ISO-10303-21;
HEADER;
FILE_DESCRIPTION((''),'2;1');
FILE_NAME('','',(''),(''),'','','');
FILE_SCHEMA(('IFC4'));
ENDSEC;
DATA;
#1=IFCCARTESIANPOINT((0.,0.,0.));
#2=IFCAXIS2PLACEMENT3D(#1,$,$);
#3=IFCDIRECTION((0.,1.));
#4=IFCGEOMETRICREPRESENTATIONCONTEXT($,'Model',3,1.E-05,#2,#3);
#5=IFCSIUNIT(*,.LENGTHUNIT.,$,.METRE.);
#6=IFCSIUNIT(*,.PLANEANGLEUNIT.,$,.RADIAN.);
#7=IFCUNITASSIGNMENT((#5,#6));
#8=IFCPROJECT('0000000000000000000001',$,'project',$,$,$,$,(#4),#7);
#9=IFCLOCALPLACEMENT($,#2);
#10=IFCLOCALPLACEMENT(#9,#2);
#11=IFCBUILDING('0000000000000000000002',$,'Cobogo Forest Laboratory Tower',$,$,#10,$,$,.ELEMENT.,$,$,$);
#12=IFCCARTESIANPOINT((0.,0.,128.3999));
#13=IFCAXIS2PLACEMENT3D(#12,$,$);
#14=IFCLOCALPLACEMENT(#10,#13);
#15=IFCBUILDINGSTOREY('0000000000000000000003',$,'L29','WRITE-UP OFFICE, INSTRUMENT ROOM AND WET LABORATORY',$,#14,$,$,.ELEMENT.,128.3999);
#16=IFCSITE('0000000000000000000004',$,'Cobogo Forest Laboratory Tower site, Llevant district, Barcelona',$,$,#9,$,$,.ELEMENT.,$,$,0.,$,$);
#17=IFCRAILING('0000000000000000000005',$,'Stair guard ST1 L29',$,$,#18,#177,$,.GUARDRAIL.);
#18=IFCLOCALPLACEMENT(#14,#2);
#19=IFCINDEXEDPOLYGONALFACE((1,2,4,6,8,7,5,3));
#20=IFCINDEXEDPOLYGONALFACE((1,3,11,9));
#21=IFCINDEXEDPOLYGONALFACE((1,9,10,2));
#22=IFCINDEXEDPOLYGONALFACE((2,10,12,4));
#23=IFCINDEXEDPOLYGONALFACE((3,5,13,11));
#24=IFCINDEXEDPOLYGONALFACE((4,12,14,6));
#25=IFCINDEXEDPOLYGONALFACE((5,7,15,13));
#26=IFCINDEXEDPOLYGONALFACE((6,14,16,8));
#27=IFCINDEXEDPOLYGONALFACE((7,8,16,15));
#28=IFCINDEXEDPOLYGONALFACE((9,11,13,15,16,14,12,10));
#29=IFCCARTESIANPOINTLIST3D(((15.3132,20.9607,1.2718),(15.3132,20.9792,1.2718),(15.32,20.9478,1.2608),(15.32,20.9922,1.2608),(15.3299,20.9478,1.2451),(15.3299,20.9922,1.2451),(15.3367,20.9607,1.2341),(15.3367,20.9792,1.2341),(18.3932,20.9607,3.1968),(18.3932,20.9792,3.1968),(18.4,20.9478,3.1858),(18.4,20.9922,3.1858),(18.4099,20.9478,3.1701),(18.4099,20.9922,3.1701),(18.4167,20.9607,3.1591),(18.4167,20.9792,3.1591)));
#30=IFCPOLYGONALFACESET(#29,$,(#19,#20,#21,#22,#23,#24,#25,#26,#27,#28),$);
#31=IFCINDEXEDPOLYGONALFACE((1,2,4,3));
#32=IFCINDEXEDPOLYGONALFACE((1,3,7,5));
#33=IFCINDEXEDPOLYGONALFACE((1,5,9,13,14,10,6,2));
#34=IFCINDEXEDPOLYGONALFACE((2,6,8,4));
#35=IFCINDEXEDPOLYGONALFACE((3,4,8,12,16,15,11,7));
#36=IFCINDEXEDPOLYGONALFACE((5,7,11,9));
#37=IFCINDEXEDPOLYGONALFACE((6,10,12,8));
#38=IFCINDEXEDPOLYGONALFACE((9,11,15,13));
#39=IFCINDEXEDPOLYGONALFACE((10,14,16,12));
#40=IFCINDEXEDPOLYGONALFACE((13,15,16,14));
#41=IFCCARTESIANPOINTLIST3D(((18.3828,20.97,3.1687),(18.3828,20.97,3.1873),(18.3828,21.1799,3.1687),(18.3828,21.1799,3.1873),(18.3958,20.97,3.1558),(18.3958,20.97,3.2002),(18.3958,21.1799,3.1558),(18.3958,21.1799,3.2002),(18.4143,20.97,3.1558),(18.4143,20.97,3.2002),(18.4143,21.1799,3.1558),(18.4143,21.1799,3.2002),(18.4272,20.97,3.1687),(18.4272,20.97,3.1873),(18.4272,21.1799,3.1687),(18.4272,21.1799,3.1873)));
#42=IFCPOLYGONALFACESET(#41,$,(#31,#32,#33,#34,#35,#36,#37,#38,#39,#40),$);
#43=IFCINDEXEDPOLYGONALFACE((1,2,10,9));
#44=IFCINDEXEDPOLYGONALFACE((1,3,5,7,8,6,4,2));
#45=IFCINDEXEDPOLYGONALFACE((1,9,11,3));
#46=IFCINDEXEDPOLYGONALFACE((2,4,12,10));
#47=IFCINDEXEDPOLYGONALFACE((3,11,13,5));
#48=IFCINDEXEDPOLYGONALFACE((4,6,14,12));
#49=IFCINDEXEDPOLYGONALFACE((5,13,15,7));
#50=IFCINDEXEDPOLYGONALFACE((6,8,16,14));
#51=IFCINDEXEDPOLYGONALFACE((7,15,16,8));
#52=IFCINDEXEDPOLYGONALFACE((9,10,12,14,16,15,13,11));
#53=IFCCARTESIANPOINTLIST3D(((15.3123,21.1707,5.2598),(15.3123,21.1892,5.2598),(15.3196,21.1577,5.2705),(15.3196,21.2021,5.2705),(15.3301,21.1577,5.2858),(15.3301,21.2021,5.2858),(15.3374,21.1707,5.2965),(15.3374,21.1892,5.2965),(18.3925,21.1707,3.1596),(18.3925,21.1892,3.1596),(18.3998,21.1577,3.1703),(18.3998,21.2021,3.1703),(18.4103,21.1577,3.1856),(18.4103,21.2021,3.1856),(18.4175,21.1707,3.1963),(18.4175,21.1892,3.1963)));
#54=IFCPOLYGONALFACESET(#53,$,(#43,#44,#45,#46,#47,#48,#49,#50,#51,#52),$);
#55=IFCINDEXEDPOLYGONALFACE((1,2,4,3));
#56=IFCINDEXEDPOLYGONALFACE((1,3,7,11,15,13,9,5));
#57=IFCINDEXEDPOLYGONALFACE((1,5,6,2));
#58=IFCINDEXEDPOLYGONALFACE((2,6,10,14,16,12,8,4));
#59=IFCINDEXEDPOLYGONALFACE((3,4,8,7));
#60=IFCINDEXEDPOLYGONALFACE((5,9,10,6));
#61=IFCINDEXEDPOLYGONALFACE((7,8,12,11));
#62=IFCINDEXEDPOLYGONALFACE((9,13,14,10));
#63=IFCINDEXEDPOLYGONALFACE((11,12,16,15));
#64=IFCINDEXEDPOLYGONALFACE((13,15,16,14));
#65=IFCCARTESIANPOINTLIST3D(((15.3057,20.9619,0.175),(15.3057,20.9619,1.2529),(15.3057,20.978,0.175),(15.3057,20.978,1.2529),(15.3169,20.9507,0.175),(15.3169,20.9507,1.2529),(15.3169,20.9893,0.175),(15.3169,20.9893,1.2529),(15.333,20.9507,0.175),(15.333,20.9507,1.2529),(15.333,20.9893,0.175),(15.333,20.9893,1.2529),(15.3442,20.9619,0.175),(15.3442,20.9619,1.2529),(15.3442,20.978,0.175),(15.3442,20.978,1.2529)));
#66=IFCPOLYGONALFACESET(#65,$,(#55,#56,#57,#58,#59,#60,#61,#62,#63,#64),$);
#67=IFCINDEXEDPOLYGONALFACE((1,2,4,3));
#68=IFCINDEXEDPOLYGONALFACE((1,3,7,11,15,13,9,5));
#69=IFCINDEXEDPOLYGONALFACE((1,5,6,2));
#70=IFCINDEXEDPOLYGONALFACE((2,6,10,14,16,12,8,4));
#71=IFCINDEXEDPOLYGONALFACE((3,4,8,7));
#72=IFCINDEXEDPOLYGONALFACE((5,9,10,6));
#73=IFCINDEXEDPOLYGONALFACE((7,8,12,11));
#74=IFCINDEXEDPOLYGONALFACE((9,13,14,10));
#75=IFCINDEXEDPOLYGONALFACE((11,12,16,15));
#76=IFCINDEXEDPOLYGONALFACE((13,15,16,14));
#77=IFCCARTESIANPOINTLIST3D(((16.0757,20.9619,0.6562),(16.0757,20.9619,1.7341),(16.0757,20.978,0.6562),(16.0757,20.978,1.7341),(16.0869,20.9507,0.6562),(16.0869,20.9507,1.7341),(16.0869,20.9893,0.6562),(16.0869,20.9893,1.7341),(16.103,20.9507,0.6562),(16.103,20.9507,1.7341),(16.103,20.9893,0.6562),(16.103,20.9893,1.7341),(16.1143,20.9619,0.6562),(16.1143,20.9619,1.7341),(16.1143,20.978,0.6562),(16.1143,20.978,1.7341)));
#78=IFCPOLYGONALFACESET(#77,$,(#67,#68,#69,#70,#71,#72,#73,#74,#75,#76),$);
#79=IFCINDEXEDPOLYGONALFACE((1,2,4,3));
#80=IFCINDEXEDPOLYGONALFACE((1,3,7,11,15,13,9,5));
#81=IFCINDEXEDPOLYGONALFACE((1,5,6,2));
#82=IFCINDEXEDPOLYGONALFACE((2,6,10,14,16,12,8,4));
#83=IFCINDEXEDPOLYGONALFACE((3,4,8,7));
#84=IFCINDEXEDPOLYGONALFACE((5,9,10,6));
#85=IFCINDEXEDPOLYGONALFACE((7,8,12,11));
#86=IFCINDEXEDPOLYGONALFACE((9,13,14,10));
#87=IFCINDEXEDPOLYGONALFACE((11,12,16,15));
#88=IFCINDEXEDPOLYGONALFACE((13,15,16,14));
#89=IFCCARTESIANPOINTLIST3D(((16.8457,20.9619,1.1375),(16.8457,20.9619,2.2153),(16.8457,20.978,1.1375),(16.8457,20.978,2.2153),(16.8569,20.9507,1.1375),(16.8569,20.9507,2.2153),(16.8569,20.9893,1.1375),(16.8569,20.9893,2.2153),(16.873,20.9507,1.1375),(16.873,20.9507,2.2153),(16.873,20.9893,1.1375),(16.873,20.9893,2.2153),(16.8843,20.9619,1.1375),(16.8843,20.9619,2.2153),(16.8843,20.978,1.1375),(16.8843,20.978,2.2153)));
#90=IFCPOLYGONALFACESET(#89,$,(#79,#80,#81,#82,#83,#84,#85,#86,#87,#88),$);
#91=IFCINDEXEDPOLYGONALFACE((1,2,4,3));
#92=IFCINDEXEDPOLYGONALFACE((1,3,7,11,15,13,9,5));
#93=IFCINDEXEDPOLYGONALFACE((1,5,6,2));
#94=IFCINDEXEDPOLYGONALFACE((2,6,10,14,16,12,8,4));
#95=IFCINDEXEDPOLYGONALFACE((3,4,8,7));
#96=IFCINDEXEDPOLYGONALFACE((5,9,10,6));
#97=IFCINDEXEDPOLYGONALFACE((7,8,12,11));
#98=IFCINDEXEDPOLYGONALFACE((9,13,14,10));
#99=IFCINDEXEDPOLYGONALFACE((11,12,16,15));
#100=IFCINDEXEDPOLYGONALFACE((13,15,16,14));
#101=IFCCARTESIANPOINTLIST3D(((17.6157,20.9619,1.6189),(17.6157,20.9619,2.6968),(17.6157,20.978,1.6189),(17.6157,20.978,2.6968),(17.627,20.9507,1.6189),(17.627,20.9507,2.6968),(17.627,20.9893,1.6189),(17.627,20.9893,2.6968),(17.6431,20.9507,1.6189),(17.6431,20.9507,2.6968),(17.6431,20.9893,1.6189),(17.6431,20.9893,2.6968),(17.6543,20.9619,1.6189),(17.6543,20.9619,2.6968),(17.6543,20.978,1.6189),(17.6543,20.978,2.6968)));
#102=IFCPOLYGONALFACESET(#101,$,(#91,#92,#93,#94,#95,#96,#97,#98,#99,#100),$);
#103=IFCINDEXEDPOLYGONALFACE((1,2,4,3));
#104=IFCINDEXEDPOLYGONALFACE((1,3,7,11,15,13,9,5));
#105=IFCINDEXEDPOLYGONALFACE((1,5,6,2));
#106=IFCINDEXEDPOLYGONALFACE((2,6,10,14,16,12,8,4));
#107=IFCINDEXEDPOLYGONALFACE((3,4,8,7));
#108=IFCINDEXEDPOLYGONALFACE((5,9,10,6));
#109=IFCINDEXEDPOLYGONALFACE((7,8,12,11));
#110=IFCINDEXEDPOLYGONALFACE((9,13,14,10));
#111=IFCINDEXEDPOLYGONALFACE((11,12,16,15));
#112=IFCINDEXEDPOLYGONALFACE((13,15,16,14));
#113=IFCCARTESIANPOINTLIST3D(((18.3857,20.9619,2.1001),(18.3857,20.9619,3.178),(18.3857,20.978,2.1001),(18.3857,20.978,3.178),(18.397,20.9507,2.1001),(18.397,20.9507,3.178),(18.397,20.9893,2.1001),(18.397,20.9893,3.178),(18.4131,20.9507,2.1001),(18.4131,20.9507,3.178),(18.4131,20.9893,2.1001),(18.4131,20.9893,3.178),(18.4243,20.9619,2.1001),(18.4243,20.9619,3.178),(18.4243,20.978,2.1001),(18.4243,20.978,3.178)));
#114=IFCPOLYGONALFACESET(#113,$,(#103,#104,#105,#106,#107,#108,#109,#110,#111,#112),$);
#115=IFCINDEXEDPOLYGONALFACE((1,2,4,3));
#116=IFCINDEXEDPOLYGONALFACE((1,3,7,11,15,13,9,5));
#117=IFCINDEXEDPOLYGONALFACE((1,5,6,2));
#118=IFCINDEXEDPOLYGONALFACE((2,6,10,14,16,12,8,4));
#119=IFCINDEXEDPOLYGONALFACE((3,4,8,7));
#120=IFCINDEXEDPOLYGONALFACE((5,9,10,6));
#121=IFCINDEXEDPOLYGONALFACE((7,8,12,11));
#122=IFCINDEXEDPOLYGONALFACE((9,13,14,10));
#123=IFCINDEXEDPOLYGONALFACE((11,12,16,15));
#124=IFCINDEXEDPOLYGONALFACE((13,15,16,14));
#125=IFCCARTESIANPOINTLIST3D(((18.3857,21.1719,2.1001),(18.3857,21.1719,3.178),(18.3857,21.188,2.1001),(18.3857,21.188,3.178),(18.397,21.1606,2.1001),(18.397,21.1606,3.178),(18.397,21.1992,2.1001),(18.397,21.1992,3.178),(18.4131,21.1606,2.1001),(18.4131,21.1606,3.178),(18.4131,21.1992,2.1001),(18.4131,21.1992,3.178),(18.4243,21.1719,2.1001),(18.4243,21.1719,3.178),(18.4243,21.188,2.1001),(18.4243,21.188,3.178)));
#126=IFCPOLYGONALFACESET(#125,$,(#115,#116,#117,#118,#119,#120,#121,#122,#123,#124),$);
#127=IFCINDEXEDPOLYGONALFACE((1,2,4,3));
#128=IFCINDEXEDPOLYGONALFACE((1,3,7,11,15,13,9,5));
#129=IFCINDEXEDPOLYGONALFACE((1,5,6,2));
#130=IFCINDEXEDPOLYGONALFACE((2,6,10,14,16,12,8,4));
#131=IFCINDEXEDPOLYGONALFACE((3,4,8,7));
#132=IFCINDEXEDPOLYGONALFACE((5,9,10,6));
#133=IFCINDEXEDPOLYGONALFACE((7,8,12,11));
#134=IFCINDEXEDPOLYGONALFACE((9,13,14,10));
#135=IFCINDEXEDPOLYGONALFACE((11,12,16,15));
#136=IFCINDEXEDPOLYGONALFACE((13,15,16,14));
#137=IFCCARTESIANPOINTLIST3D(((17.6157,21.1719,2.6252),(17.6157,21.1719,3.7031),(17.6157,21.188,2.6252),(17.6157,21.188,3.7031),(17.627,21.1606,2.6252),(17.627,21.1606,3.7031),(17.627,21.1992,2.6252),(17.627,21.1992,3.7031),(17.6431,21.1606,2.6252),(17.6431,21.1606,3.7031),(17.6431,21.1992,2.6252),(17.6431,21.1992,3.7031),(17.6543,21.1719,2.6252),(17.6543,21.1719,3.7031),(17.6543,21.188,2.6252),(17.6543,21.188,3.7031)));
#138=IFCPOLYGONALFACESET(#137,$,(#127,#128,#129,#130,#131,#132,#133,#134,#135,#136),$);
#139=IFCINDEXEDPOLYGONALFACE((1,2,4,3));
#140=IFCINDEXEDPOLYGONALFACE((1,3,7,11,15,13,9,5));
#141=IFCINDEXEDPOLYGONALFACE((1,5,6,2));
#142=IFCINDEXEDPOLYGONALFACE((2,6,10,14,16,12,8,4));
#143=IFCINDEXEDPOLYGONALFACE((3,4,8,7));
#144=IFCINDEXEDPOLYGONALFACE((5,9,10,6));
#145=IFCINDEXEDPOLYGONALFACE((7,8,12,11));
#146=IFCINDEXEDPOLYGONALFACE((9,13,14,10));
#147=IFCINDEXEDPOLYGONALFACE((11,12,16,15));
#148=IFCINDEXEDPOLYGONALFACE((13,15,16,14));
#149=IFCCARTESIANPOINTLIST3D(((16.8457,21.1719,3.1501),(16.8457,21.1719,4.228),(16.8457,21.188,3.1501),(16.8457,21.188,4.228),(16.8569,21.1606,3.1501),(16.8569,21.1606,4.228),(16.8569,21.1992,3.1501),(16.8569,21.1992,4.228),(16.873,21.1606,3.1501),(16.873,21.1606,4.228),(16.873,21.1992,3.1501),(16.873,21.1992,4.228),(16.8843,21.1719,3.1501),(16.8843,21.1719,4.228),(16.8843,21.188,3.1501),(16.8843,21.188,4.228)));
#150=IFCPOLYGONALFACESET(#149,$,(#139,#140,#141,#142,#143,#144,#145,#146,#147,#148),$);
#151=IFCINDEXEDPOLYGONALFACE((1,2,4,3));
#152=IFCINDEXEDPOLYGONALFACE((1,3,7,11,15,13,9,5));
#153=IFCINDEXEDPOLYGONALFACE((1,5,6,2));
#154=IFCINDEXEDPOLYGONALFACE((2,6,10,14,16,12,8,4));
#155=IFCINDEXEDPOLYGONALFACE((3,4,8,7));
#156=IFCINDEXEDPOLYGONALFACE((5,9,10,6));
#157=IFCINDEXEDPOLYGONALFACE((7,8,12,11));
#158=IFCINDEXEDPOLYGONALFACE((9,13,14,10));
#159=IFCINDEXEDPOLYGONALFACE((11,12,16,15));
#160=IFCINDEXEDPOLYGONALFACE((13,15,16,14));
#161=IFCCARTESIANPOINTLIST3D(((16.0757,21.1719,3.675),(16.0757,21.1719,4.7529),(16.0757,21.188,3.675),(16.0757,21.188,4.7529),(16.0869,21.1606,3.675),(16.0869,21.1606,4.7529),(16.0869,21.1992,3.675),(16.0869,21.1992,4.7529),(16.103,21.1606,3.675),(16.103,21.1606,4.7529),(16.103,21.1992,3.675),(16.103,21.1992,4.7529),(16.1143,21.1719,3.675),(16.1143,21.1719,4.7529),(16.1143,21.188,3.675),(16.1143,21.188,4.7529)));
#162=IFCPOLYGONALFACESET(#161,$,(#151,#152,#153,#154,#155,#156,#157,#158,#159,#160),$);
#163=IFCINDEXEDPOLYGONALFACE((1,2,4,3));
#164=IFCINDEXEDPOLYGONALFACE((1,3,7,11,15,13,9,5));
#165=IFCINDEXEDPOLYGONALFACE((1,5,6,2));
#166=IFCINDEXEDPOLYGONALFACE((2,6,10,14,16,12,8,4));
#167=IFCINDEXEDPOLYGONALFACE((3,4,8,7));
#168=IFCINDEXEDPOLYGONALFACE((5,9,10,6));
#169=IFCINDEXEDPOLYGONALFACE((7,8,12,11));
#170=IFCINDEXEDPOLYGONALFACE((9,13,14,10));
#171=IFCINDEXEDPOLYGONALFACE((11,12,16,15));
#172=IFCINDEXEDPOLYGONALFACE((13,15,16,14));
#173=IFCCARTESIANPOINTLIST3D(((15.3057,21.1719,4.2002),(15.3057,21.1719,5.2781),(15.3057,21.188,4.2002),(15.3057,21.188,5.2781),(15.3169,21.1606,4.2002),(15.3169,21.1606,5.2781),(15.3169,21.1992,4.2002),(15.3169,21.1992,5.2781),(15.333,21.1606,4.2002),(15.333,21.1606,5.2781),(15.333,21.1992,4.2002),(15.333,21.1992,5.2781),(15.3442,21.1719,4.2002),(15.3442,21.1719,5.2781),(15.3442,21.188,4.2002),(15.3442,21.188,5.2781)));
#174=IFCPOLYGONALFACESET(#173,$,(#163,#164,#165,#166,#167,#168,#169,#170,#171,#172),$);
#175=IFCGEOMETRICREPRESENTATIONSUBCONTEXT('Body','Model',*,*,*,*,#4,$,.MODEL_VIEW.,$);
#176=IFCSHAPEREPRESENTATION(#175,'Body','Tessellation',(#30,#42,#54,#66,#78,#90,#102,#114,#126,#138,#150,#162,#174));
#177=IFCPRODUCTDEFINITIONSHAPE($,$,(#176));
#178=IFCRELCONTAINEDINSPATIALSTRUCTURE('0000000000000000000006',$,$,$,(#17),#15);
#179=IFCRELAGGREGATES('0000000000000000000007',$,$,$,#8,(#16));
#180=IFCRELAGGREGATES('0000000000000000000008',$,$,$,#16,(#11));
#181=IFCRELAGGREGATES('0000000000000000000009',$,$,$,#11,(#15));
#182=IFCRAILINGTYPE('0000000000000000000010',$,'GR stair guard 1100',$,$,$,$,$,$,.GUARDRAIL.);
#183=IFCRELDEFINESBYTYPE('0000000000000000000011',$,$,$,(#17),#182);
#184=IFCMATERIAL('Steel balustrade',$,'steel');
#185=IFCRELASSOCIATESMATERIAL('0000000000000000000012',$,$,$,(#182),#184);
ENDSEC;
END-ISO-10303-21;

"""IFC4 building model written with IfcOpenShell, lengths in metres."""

from ifc_helpers import new_model, si_unit, direction, frame, origin, place, context, subcontext, project, spatial, polyline, outline, extrude, material, type_object, element, save


model = new_model("IFC4")

# Units and contexts
model_context = context("Model", 3, precision=1e-05, world=origin(), true_north=direction((0.0, 1.0)))
body_context = subcontext(model_context, "Body", "Model", "MODEL_VIEW")
ifc_project = project(units=[si_unit("LENGTHUNIT", "METRE"), si_unit("PLANEANGLEUNIT", "RADIAN")], contexts=[model_context])

# Site, building, storey
site_placement = place(None, origin())
site = spatial("IfcSite", under=ifc_project, at=site_placement, Name="Cobogo Forest Laboratory Tower site, Llevant district, Barcelona", CompositionType="ELEMENT", RefElevation=0.0)
building_placement = place(site_placement, origin())
building = spatial("IfcBuilding", under=site, at=building_placement, Name="Cobogo Forest Laboratory Tower", CompositionType="ELEMENT")
storey_placement = place(building_placement, frame((0.0, 0.0, 128.3999)))
storey = spatial("IfcBuildingStorey", under=building, at=storey_placement, Name="L29", Description="WRITE-UP OFFICE, INSTRUMENT ROOM AND WET LABORATORY", CompositionType="ELEMENT", Elevation=128.3999)

# Railing
ifc_material_1 = material(Name="Steel balustrade", Category="steel")
railing_type_1 = type_object("IfcRailingType", Name="GR stair guard 1100", PredefinedType="GUARDRAIL", material=ifc_material_1)
railing_1_placement = place(storey_placement, frame((15.325, 20.97, 0.175)))
element("IfcRailing", 1, at=railing_1_placement, inside=storey, type_object=railing_type_1, Name="Stair guard ST1 L29", PredefinedType="GUARDRAIL", context=body_context, shape_type="SweptSolid", body=[
    extrude(outline(polyline([(0.0222, 0.0093), (0.0093, 0.0222), (-0.0093, 0.0222), (-0.0222, 0.0093), (-0.0222, -0.0093), (-0.0093, -0.0222), (0.0093, -0.0222), (0.0222, -0.0093), (0.0222, 0.0093)])), frame((0.0, 0.0, 1.0779), z_axis=(0.847998, 0.0, 0.529999), x_axis=(0.0, 1.0, 0.0)), (0.0, 0.0, 1.0), 3.6321),
    extrude(outline(polyline([(0.0222, 0.0093), (0.0093, 0.0222), (-0.0093, 0.0222), (-0.0222, 0.0093), (-0.0222, -0.0093), (-0.0093, -0.0222), (0.0093, -0.0222), (0.0222, -0.0093), (0.0222, 0.0093)])), frame((3.0801, 0.0, 3.0029), z_axis=(0.0, 1.0, 0.0), x_axis=(-1.0, 0.0, 0.0)), (0.0, 0.0, 1.0), 0.21),
    extrude(outline(polyline([(0.0222, 0.0093), (0.0093, 0.0222), (-0.0093, 0.0222), (-0.0222, 0.0093), (-0.0222, -0.0093), (-0.0093, -0.0222), (0.0093, -0.0222), (0.0222, -0.0093), (0.0222, 0.0093)])), frame((3.0801, 0.21, 3.0029), z_axis=(-0.826222, 0.0, 0.563345), x_axis=(0.0, -1.0, 0.0)), (0.0, 0.0, 1.0), 3.728),
    extrude(outline(polyline([(0.0193, 0.0081), (0.0081, 0.0193), (-0.0081, 0.0193), (-0.0193, 0.0081), (-0.0193, -0.0081), (-0.0081, -0.0193), (0.0081, -0.0193), (0.0193, -0.0081), (0.0193, 0.0081)])), origin(), (0.0, 0.0, 1.0), 1.0779),
    extrude(outline(polyline([(0.0193, 0.0081), (0.0081, 0.0193), (-0.0081, 0.0193), (-0.0193, 0.0081), (-0.0193, -0.0081), (-0.0081, -0.0193), (0.0081, -0.0193), (0.0193, -0.0081), (0.0193, 0.0081)])), frame((0.77, 0.0, 0.4812)), (0.0, 0.0, 1.0), 1.0779),
    extrude(outline(polyline([(0.0193, 0.0081), (0.0081, 0.0193), (-0.0081, 0.0193), (-0.0193, 0.0081), (-0.0193, -0.0081), (-0.0081, -0.0193), (0.0081, -0.0193), (0.0193, -0.0081), (0.0193, 0.0081)])), frame((1.54, 0.0, 0.9624)), (0.0, 0.0, 1.0), 1.0779),
    extrude(outline(polyline([(0.0193, 0.0081), (0.0081, 0.0193), (-0.0081, 0.0193), (-0.0193, 0.0081), (-0.0193, -0.0081), (-0.0081, -0.0193), (0.0081, -0.0193), (0.0193, -0.0081), (0.0193, 0.0081)])), frame((2.3101, 0.0, 1.4438)), (0.0, 0.0, 1.0), 1.0779),
    extrude(outline(polyline([(0.0193, 0.0081), (0.0081, 0.0193), (-0.0081, 0.0193), (-0.0193, 0.0081), (-0.0193, -0.0081), (-0.0081, -0.0193), (0.0081, -0.0193), (0.0193, -0.0081), (0.0193, 0.0081)])), frame((3.0801, 0.0, 1.925)), (0.0, 0.0, 1.0), 1.0779),
    extrude(outline(polyline([(0.0193, 0.0081), (0.0081, 0.0193), (-0.0081, 0.0193), (-0.0193, 0.0081), (-0.0193, -0.0081), (-0.0081, -0.0193), (0.0081, -0.0193), (0.0193, -0.0081), (0.0193, 0.0081)])), frame((3.0801, 0.21, 1.925)), (0.0, 0.0, 1.0), 1.0779),
    extrude(outline(polyline([(0.0193, 0.0081), (0.0081, 0.0193), (-0.0081, 0.0193), (-0.0193, 0.0081), (-0.0193, -0.0081), (-0.0081, -0.0193), (0.0081, -0.0193), (0.0193, -0.0081), (0.0193, 0.0081)])), frame((2.3101, 0.21, 2.4502)), (0.0, 0.0, 1.0), 1.0779),
    extrude(outline(polyline([(0.0193, 0.0081), (0.0081, 0.0193), (-0.0081, 0.0193), (-0.0193, 0.0081), (-0.0193, -0.0081), (-0.0081, -0.0193), (0.0081, -0.0193), (0.0193, -0.0081), (0.0193, 0.0081)])), frame((1.54, 0.21, 2.9751)), (0.0, 0.0, 1.0), 1.0779),
    extrude(outline(polyline([(0.0193, 0.0081), (0.0081, 0.0193), (-0.0081, 0.0193), (-0.0193, 0.0081), (-0.0193, -0.0081), (-0.0081, -0.0193), (0.0081, -0.0193), (0.0193, -0.0081), (0.0193, 0.0081)])), frame((0.77, 0.21, 3.5)), (0.0, 0.0, 1.0), 1.0779),
    extrude(outline(polyline([(0.0193, 0.0081), (0.0081, 0.0193), (-0.0081, 0.0193), (-0.0193, 0.0081), (-0.0193, -0.0081), (-0.0081, -0.0193), (0.0081, -0.0193), (0.0193, -0.0081), (0.0193, 0.0081)])), frame((0.0, 0.21, 4.0251)), (0.0, 0.0, 1.0), 1.0779),
])

save(model, "model.ifc")
